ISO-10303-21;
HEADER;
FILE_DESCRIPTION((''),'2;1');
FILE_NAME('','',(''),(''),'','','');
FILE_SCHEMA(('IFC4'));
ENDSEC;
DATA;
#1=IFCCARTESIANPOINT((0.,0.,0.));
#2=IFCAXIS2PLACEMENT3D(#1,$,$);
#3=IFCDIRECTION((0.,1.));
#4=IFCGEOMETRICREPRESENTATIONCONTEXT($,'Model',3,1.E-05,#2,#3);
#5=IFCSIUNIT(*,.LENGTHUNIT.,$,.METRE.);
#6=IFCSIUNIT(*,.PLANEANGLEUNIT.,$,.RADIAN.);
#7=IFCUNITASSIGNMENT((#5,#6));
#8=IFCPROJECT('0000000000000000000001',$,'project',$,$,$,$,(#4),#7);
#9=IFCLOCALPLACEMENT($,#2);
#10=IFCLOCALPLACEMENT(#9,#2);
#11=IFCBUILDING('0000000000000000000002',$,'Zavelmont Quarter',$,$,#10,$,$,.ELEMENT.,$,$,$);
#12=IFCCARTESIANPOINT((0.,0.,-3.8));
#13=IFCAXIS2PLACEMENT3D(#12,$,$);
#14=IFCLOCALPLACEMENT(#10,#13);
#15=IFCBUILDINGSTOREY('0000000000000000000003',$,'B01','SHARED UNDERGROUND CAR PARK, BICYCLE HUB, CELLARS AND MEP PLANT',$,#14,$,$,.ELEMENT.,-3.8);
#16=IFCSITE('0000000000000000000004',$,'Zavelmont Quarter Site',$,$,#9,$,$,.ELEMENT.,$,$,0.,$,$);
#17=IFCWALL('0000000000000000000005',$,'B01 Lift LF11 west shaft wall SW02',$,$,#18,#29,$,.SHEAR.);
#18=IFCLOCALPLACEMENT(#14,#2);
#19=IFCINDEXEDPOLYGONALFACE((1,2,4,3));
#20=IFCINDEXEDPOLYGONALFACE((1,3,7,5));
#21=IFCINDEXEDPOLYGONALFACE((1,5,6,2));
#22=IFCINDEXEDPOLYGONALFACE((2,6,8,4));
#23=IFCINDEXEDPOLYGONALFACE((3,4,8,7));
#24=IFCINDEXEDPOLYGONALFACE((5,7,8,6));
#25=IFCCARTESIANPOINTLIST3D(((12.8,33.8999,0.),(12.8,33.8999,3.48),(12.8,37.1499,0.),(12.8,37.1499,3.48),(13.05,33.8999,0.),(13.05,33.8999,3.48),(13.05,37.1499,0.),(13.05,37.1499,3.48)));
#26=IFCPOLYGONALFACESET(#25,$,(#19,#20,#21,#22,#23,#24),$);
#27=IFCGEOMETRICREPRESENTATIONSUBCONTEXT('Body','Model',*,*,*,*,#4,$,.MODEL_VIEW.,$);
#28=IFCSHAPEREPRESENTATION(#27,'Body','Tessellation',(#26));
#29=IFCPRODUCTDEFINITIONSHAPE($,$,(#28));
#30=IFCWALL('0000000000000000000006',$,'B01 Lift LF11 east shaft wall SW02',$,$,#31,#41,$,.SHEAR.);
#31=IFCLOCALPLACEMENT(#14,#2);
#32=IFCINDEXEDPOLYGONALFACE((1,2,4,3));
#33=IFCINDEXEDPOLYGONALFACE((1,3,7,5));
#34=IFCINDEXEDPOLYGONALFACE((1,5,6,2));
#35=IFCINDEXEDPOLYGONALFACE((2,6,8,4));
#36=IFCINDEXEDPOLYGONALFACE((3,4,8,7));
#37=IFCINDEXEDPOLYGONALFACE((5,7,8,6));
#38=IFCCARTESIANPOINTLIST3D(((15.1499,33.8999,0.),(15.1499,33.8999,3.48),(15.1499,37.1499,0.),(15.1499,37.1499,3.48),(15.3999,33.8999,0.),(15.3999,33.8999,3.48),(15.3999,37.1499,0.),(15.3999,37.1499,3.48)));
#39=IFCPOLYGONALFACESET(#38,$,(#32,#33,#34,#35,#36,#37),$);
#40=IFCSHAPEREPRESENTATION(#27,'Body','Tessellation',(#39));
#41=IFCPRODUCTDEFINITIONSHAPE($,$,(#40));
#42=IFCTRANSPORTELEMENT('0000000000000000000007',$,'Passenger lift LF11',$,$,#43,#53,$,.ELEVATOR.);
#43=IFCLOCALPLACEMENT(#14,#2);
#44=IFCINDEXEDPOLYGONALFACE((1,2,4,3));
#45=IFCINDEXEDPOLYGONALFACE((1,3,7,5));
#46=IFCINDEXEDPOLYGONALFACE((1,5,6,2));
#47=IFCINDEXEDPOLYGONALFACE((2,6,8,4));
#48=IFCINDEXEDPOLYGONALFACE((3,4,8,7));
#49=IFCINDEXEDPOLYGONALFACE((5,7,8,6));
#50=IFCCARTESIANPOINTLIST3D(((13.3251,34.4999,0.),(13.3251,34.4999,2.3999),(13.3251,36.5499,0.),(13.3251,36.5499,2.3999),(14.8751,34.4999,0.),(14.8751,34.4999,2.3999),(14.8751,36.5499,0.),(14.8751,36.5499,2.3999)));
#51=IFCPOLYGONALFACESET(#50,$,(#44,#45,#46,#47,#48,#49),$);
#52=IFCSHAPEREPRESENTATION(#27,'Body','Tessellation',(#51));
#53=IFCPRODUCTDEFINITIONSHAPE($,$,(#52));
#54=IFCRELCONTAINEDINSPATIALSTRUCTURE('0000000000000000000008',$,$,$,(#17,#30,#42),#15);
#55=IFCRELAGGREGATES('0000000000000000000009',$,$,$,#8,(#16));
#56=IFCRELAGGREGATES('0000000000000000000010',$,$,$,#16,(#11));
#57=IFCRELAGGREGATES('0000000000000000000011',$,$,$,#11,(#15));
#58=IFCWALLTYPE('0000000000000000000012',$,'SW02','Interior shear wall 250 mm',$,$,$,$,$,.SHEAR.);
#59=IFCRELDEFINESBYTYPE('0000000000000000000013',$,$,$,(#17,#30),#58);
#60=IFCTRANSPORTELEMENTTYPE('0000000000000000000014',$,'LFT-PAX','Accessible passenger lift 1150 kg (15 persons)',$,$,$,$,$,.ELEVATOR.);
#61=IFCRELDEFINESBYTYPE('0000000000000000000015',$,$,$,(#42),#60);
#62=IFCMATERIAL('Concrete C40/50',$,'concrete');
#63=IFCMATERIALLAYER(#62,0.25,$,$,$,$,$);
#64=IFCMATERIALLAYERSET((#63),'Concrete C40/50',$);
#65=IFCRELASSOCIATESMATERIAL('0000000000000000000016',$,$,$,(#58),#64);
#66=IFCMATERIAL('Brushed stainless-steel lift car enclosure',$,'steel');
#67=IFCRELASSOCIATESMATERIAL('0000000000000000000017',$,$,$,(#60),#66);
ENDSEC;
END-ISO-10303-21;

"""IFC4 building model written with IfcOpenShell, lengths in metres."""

from ifc_helpers import new_model, si_unit, direction, frame, frame_2d, origin, origin_2d, place, context, subcontext, project, spatial, rectangle, extrude, material, layer, layer_set, type_object, element, save


model = new_model("IFC4")

# Units and contexts
model_context = context("Model", 3, precision=1e-05, world=origin(), true_north=direction((0.0, 1.0)))
body_context = subcontext(model_context, "Body", "Model", "MODEL_VIEW")
ifc_project = project(units=[si_unit("LENGTHUNIT", "METRE"), si_unit("PLANEANGLEUNIT", "RADIAN")], contexts=[model_context])

# Site, building, storey
site_placement = place(None, origin())
site = spatial("IfcSite", under=ifc_project, at=site_placement, Name="Zavelmont Quarter Site", CompositionType="ELEMENT", RefElevation=0.0)
building_placement = place(site_placement, origin())
building = spatial("IfcBuilding", under=site, at=building_placement, Name="Zavelmont Quarter", CompositionType="ELEMENT")
storey_placement = place(building_placement, frame((0.0, 0.0, -3.8)))
storey = spatial("IfcBuildingStorey", under=building, at=storey_placement, Name="B01", Description="SHARED UNDERGROUND CAR PARK, BICYCLE HUB, CELLARS AND MEP PLANT", CompositionType="ELEMENT", Elevation=-3.8)

# Shared definitions
ifc_material_1 = material(Name="Concrete C40/50", Category="concrete")
ifc_layer_1 = layer(ifc_material_1, 0.25)
ifc_layer_set_1 = layer_set([ifc_layer_1], Name="Concrete C40/50")
wall_type_1 = type_object("IfcWallType", Name="SW02", Description="Interior shear wall 250 mm", PredefinedType="SHEAR", material=ifc_layer_set_1)

# Walls
for number, where, z_axis, x_axis, name in (
    (1, (12.925, 33.8999, 0.0), (0.0, 0.0, 1.0), (0.0, 1.0, 0.0), "B01 Lift LF11 west shaft wall SW02"),
    (2, (15.2749, 33.8999, 0.0), (0.0, 0.0, 1.0), (0.0, 1.0, 0.0), "B01 Lift LF11 east shaft wall SW02"),
):
    element("IfcWall", number, at=place(storey_placement, frame(where, z_axis=z_axis, x_axis=x_axis)), inside=storey, type_object=wall_type_1, Name=name, PredefinedType="SHEAR", context=body_context, shape_type="SweptSolid", body=[
        extrude(rectangle(XDim=3.25, YDim=0.25, at=frame_2d((1.625, 0.0))), origin(), (0.0, 0.0, 1.0), 3.48),
    ])

# Transport element
ifc_material_2 = material(Name="Brushed stainless-steel lift car enclosure", Category="steel")
transport_element_type = type_object("IfcTransportElementType", Name="LFT-PAX", Description="Accessible passenger lift 1150 kg (15 persons)", PredefinedType="ELEVATOR", material=ifc_material_2)
transport_element_placement = place(storey_placement, frame((14.1001, 35.5249, 0.0), z_axis=(0.0, 0.0, 1.0), x_axis=(1.0, 0.0, 0.0)))
element("IfcTransportElement", 3, at=transport_element_placement, inside=storey, type_object=transport_element_type, Name="Passenger lift LF11", PredefinedType="ELEVATOR", context=body_context, shape_type="SweptSolid", body=[
    extrude(rectangle(XDim=1.55, YDim=2.05, at=origin_2d()), origin(), (0.0, 0.0, 1.0), 2.3999),
])

save(model, "model.ifc")
